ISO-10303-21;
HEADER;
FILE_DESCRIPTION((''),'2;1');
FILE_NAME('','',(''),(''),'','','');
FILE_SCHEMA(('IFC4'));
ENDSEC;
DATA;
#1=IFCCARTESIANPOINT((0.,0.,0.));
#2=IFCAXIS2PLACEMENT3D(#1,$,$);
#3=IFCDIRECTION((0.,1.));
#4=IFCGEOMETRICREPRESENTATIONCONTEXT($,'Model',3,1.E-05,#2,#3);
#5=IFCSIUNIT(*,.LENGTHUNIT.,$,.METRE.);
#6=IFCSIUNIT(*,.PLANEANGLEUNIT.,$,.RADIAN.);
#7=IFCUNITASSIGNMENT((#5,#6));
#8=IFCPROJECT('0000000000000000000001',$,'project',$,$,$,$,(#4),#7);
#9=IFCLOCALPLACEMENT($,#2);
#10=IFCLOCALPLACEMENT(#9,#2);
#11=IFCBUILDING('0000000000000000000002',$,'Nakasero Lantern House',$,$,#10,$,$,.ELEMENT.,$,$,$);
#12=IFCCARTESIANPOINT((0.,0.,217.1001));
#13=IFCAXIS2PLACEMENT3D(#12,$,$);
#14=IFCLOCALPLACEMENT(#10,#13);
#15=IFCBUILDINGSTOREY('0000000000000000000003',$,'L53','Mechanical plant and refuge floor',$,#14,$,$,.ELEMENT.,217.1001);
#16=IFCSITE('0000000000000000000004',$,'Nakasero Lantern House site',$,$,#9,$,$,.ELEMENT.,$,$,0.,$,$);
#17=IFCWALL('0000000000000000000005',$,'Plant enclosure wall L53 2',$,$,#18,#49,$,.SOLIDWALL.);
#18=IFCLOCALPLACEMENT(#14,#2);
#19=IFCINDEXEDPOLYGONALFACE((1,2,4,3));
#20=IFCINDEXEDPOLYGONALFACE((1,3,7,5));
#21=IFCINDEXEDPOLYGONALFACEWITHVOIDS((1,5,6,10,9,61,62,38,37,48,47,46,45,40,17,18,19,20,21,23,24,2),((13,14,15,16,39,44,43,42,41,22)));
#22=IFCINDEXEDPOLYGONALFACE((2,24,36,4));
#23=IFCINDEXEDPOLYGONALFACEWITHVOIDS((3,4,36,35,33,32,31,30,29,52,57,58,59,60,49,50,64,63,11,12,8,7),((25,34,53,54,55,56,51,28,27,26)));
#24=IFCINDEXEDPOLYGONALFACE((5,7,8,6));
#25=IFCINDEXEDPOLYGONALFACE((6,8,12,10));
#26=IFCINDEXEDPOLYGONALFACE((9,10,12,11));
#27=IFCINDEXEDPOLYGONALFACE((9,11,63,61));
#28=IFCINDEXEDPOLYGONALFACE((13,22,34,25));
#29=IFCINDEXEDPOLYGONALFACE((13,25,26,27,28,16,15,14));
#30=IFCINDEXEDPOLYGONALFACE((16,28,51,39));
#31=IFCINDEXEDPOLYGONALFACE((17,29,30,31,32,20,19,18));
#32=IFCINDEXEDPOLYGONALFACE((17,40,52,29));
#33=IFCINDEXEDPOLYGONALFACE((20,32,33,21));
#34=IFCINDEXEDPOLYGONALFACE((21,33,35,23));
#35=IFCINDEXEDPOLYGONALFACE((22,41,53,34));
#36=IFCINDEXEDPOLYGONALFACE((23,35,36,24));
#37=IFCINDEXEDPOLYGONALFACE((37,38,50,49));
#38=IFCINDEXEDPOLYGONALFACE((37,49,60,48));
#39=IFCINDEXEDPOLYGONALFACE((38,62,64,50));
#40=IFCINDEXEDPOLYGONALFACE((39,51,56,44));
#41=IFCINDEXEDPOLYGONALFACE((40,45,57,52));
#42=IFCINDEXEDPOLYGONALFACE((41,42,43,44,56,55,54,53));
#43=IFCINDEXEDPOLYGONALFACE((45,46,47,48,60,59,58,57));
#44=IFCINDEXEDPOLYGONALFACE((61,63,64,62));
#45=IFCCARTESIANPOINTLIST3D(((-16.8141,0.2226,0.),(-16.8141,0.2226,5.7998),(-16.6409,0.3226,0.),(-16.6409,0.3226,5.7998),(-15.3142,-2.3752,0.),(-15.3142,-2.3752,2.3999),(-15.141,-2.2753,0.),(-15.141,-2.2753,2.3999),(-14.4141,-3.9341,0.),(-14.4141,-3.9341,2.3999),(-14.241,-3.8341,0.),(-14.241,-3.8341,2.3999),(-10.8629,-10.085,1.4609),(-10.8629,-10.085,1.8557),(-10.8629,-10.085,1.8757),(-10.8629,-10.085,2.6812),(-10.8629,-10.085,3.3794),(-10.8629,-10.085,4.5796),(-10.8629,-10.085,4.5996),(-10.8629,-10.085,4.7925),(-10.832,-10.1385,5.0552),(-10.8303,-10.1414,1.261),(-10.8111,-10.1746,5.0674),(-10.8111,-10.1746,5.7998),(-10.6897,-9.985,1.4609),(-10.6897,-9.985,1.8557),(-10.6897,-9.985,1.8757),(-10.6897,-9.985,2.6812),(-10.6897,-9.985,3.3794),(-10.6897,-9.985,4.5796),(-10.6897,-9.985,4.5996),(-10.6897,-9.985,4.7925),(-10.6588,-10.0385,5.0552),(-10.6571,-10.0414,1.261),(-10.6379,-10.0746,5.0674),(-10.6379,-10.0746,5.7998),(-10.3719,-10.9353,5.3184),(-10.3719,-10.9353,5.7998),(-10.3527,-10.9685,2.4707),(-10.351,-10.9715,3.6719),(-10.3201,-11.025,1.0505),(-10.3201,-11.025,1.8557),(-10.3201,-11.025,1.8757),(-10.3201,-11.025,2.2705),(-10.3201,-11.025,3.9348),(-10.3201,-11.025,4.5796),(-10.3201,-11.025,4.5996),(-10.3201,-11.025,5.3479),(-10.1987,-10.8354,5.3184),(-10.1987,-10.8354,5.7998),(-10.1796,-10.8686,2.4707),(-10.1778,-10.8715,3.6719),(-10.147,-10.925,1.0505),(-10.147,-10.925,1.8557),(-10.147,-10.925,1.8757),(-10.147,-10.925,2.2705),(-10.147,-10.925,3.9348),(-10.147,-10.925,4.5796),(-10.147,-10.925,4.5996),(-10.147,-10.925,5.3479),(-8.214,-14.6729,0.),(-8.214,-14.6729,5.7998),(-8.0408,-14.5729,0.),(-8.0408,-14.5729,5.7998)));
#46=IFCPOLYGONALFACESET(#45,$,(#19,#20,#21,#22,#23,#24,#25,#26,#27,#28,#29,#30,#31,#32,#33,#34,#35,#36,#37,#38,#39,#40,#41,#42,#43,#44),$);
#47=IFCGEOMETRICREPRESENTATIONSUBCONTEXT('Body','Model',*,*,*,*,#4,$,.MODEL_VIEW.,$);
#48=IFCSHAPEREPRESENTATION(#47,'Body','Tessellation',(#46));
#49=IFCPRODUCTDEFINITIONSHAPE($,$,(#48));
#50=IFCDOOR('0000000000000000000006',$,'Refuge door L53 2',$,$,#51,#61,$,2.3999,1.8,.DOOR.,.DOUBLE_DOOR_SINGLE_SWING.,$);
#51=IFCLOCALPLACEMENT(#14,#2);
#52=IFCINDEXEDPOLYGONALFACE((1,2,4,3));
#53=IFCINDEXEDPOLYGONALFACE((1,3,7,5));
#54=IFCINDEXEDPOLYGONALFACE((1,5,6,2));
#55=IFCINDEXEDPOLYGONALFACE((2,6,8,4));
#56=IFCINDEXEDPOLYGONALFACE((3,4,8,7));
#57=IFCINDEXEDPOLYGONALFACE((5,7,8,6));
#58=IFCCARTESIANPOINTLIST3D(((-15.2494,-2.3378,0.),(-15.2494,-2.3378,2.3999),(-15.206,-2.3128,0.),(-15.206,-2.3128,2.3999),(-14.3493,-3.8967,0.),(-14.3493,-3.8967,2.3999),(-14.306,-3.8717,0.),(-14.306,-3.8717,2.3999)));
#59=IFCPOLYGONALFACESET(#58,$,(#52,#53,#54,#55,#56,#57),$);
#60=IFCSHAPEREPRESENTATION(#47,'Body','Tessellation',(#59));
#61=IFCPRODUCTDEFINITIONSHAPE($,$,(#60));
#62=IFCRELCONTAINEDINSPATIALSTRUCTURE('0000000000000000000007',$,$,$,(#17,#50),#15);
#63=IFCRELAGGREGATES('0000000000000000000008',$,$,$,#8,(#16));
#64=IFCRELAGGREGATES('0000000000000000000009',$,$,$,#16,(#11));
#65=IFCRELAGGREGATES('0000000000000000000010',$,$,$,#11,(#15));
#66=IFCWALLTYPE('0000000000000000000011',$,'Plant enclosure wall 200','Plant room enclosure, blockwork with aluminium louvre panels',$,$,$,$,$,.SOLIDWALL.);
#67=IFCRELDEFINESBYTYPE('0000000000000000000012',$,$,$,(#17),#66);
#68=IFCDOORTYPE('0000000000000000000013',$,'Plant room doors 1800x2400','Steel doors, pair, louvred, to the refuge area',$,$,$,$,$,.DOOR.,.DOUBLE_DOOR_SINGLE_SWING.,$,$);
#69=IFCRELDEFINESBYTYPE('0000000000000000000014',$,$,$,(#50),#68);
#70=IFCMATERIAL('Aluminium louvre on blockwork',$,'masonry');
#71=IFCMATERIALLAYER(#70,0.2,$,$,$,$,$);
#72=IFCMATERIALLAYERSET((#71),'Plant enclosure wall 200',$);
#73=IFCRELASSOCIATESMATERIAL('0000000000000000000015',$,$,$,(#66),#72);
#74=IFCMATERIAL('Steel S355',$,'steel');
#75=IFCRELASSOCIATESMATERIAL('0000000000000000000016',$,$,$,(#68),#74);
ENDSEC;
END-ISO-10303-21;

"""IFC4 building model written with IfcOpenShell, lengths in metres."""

from ifc_helpers import new_model, si_unit, direction, frame, frame_2d, origin, place, context, subcontext, project, spatial, polyline, rectangle, outline, extrude, material, layer, layer_set, type_object, element, fill, save


model = new_model("IFC4")

# Units and contexts
model_context = context("Model", 3, precision=1e-05, world=origin(), true_north=direction((0.0, 1.0)))
body_context = subcontext(model_context, "Body", "Model", "MODEL_VIEW")
ifc_project = project(units=[si_unit("LENGTHUNIT", "METRE"), si_unit("PLANEANGLEUNIT", "RADIAN")], contexts=[model_context])

# Site, building, storey
site_placement = place(None, origin())
site = spatial("IfcSite", under=ifc_project, at=site_placement, Name="Nakasero Lantern House site", CompositionType="ELEMENT", RefElevation=0.0)
building_placement = place(site_placement, origin())
building = spatial("IfcBuilding", under=site, at=building_placement, Name="Nakasero Lantern House", CompositionType="ELEMENT")
storey_placement = place(building_placement, frame((0.0, 0.0, 217.1001)))
storey = spatial("IfcBuildingStorey", under=building, at=storey_placement, Name="L53", Description="Mechanical plant and refuge floor", CompositionType="ELEMENT", Elevation=217.1001)

# Shared definitions
ifc_material_1 = material(Name="Aluminium louvre on blockwork", Category="masonry")
ifc_layer_1 = layer(ifc_material_1, 0.2)
ifc_layer_set_1 = layer_set([ifc_layer_1], Name="Plant enclosure wall 200")
wall_type_1 = type_object("IfcWallType", Name="Plant enclosure wall 200", Description="Plant room enclosure, blockwork with aluminium louvre panels", PredefinedType="SOLIDWALL", material=ifc_layer_set_1)

# Wall, openings, door
wall_1_placement = place(storey_placement, frame((-16.7275, 0.2727, 0.0), z_axis=(0.0, 0.0, 1.0), x_axis=(0.500008, -0.866021, 0.0)))
wall_1 = element("IfcWall", 1, at=wall_1_placement, inside=storey, type_object=wall_type_1, Name="Plant enclosure wall L53 2", PredefinedType="SOLIDWALL", context=body_context, shape_type="SweptSolid", body=[
    extrude(rectangle(XDim=17.2, YDim=0.2, at=frame_2d((8.6001, 0.0))), origin(), (0.0, 0.0, 1.0), 5.7998),
])
opening_1_placement = place(wall_1_placement, frame((3.0, 0.0, 0.0)))
opening_1 = element("IfcOpeningElement", 2, at=opening_1_placement, cuts=wall_1, PredefinedType="OPENING", context=body_context, shape_type="SweptSolid", body=[
    extrude(rectangle(XDim=1.8, YDim=2.3999, at=frame_2d((0.8999, 1.2))), frame((0.0, 0.1199, 0.0), z_axis=(0.0, -1.0, 0.0), x_axis=(1.0, 0.0, 0.0)), (0.0, 0.0, 1.0), 0.24),
])
opening_2_placement = place(wall_1_placement, origin())
element("IfcOpeningElement", 3, at=opening_2_placement, cuts=wall_1, PredefinedType="OPENING", context=body_context, shape_type="SweptSolid", body=[
    extrude(outline(polyline([(11.9023, 1.8757), (11.9023, 1.4609), (11.9675, 1.261), (12.9878, 1.0505), (12.9878, 1.8757), (11.9023, 1.8757)])), frame((0.0, 0.1199, 0.0), z_axis=(0.0, -1.0, 0.0), x_axis=(1.0, 0.0, 0.0)), (0.0, 0.0, 1.0), 0.24),
])
opening_3_placement = place(wall_1_placement, origin())
element("IfcOpeningElement", 4, at=opening_3_placement, cuts=wall_1, PredefinedType="OPENING", context=body_context, shape_type="SweptSolid", body=[
    extrude(outline(polyline([(11.9023, 2.6812), (11.9023, 1.8557), (12.9878, 1.8557), (12.9878, 2.2705), (12.9226, 2.4707), (11.9023, 2.6812)])), frame((0.0, 0.1199, 0.0), z_axis=(0.0, -1.0, 0.0), x_axis=(1.0, 0.0, 0.0)), (0.0, 0.0, 1.0), 0.24),
])
opening_4_placement = place(wall_1_placement, origin())
element("IfcOpeningElement", 5, at=opening_4_placement, cuts=wall_1, PredefinedType="OPENING", context=body_context, shape_type="SweptSolid", body=[
    extrude(outline(polyline([(12.9878, 3.9348), (12.9878, 4.5996), (11.9023, 4.5996), (11.9023, 3.3794), (12.926, 3.6719), (12.9878, 3.9348)])), frame((0.0, 0.1199, 0.0), z_axis=(0.0, -1.0, 0.0), x_axis=(1.0, 0.0, 0.0)), (0.0, 0.0, 1.0), 0.24),
])
opening_5_placement = place(wall_1_placement, origin())
element("IfcOpeningElement", 6, at=opening_5_placement, cuts=wall_1, PredefinedType="OPENING", context=body_context, shape_type="SweptSolid", body=[
    extrude(outline(polyline([(12.0059, 5.8), (12.0059, 5.0674), (11.9641, 5.0552), (11.9023, 4.7925), (11.9023, 4.5796), (12.9878, 4.5796), (12.9878, 5.3479), (12.8843, 5.3184), (12.8843, 5.8), (12.0059, 5.8)])), frame((0.0, 0.1199, 0.0), z_axis=(0.0, -1.0, 0.0), x_axis=(1.0, 0.0, 0.0)), (0.0, 0.0, 1.0), 0.24),
])
ifc_material_2 = material(Name="Steel S355", Category="steel")
door_type_1 = type_object("IfcDoorType", Name="Plant room doors 1800x2400", Description="Steel doors, pair, louvred, to the refuge area", OperationType="DOUBLE_DOOR_SINGLE_SWING", PredefinedType="DOOR", material=ifc_material_2)
door_1_placement = place(opening_1_placement, origin())
door_1 = element("IfcDoor", 7, at=door_1_placement, inside=storey, type_object=door_type_1, Name="Refuge door L53 2", OperationType="DOUBLE_DOOR_SINGLE_SWING", OverallHeight=2.3999, OverallWidth=1.8, PredefinedType="DOOR", context=body_context, shape_type="SweptSolid", body=[
    extrude(rectangle(XDim=1.8, YDim=2.3999, at=frame_2d((0.8999, 1.2))), frame((0.0, 0.0249, 0.0), z_axis=(0.0, -1.0, 0.0), x_axis=(1.0, 0.0, 0.0)), (0.0, 0.0, 1.0), 0.05),
])
fill(opening_1, door_1)

save(model, "model.ifc")
